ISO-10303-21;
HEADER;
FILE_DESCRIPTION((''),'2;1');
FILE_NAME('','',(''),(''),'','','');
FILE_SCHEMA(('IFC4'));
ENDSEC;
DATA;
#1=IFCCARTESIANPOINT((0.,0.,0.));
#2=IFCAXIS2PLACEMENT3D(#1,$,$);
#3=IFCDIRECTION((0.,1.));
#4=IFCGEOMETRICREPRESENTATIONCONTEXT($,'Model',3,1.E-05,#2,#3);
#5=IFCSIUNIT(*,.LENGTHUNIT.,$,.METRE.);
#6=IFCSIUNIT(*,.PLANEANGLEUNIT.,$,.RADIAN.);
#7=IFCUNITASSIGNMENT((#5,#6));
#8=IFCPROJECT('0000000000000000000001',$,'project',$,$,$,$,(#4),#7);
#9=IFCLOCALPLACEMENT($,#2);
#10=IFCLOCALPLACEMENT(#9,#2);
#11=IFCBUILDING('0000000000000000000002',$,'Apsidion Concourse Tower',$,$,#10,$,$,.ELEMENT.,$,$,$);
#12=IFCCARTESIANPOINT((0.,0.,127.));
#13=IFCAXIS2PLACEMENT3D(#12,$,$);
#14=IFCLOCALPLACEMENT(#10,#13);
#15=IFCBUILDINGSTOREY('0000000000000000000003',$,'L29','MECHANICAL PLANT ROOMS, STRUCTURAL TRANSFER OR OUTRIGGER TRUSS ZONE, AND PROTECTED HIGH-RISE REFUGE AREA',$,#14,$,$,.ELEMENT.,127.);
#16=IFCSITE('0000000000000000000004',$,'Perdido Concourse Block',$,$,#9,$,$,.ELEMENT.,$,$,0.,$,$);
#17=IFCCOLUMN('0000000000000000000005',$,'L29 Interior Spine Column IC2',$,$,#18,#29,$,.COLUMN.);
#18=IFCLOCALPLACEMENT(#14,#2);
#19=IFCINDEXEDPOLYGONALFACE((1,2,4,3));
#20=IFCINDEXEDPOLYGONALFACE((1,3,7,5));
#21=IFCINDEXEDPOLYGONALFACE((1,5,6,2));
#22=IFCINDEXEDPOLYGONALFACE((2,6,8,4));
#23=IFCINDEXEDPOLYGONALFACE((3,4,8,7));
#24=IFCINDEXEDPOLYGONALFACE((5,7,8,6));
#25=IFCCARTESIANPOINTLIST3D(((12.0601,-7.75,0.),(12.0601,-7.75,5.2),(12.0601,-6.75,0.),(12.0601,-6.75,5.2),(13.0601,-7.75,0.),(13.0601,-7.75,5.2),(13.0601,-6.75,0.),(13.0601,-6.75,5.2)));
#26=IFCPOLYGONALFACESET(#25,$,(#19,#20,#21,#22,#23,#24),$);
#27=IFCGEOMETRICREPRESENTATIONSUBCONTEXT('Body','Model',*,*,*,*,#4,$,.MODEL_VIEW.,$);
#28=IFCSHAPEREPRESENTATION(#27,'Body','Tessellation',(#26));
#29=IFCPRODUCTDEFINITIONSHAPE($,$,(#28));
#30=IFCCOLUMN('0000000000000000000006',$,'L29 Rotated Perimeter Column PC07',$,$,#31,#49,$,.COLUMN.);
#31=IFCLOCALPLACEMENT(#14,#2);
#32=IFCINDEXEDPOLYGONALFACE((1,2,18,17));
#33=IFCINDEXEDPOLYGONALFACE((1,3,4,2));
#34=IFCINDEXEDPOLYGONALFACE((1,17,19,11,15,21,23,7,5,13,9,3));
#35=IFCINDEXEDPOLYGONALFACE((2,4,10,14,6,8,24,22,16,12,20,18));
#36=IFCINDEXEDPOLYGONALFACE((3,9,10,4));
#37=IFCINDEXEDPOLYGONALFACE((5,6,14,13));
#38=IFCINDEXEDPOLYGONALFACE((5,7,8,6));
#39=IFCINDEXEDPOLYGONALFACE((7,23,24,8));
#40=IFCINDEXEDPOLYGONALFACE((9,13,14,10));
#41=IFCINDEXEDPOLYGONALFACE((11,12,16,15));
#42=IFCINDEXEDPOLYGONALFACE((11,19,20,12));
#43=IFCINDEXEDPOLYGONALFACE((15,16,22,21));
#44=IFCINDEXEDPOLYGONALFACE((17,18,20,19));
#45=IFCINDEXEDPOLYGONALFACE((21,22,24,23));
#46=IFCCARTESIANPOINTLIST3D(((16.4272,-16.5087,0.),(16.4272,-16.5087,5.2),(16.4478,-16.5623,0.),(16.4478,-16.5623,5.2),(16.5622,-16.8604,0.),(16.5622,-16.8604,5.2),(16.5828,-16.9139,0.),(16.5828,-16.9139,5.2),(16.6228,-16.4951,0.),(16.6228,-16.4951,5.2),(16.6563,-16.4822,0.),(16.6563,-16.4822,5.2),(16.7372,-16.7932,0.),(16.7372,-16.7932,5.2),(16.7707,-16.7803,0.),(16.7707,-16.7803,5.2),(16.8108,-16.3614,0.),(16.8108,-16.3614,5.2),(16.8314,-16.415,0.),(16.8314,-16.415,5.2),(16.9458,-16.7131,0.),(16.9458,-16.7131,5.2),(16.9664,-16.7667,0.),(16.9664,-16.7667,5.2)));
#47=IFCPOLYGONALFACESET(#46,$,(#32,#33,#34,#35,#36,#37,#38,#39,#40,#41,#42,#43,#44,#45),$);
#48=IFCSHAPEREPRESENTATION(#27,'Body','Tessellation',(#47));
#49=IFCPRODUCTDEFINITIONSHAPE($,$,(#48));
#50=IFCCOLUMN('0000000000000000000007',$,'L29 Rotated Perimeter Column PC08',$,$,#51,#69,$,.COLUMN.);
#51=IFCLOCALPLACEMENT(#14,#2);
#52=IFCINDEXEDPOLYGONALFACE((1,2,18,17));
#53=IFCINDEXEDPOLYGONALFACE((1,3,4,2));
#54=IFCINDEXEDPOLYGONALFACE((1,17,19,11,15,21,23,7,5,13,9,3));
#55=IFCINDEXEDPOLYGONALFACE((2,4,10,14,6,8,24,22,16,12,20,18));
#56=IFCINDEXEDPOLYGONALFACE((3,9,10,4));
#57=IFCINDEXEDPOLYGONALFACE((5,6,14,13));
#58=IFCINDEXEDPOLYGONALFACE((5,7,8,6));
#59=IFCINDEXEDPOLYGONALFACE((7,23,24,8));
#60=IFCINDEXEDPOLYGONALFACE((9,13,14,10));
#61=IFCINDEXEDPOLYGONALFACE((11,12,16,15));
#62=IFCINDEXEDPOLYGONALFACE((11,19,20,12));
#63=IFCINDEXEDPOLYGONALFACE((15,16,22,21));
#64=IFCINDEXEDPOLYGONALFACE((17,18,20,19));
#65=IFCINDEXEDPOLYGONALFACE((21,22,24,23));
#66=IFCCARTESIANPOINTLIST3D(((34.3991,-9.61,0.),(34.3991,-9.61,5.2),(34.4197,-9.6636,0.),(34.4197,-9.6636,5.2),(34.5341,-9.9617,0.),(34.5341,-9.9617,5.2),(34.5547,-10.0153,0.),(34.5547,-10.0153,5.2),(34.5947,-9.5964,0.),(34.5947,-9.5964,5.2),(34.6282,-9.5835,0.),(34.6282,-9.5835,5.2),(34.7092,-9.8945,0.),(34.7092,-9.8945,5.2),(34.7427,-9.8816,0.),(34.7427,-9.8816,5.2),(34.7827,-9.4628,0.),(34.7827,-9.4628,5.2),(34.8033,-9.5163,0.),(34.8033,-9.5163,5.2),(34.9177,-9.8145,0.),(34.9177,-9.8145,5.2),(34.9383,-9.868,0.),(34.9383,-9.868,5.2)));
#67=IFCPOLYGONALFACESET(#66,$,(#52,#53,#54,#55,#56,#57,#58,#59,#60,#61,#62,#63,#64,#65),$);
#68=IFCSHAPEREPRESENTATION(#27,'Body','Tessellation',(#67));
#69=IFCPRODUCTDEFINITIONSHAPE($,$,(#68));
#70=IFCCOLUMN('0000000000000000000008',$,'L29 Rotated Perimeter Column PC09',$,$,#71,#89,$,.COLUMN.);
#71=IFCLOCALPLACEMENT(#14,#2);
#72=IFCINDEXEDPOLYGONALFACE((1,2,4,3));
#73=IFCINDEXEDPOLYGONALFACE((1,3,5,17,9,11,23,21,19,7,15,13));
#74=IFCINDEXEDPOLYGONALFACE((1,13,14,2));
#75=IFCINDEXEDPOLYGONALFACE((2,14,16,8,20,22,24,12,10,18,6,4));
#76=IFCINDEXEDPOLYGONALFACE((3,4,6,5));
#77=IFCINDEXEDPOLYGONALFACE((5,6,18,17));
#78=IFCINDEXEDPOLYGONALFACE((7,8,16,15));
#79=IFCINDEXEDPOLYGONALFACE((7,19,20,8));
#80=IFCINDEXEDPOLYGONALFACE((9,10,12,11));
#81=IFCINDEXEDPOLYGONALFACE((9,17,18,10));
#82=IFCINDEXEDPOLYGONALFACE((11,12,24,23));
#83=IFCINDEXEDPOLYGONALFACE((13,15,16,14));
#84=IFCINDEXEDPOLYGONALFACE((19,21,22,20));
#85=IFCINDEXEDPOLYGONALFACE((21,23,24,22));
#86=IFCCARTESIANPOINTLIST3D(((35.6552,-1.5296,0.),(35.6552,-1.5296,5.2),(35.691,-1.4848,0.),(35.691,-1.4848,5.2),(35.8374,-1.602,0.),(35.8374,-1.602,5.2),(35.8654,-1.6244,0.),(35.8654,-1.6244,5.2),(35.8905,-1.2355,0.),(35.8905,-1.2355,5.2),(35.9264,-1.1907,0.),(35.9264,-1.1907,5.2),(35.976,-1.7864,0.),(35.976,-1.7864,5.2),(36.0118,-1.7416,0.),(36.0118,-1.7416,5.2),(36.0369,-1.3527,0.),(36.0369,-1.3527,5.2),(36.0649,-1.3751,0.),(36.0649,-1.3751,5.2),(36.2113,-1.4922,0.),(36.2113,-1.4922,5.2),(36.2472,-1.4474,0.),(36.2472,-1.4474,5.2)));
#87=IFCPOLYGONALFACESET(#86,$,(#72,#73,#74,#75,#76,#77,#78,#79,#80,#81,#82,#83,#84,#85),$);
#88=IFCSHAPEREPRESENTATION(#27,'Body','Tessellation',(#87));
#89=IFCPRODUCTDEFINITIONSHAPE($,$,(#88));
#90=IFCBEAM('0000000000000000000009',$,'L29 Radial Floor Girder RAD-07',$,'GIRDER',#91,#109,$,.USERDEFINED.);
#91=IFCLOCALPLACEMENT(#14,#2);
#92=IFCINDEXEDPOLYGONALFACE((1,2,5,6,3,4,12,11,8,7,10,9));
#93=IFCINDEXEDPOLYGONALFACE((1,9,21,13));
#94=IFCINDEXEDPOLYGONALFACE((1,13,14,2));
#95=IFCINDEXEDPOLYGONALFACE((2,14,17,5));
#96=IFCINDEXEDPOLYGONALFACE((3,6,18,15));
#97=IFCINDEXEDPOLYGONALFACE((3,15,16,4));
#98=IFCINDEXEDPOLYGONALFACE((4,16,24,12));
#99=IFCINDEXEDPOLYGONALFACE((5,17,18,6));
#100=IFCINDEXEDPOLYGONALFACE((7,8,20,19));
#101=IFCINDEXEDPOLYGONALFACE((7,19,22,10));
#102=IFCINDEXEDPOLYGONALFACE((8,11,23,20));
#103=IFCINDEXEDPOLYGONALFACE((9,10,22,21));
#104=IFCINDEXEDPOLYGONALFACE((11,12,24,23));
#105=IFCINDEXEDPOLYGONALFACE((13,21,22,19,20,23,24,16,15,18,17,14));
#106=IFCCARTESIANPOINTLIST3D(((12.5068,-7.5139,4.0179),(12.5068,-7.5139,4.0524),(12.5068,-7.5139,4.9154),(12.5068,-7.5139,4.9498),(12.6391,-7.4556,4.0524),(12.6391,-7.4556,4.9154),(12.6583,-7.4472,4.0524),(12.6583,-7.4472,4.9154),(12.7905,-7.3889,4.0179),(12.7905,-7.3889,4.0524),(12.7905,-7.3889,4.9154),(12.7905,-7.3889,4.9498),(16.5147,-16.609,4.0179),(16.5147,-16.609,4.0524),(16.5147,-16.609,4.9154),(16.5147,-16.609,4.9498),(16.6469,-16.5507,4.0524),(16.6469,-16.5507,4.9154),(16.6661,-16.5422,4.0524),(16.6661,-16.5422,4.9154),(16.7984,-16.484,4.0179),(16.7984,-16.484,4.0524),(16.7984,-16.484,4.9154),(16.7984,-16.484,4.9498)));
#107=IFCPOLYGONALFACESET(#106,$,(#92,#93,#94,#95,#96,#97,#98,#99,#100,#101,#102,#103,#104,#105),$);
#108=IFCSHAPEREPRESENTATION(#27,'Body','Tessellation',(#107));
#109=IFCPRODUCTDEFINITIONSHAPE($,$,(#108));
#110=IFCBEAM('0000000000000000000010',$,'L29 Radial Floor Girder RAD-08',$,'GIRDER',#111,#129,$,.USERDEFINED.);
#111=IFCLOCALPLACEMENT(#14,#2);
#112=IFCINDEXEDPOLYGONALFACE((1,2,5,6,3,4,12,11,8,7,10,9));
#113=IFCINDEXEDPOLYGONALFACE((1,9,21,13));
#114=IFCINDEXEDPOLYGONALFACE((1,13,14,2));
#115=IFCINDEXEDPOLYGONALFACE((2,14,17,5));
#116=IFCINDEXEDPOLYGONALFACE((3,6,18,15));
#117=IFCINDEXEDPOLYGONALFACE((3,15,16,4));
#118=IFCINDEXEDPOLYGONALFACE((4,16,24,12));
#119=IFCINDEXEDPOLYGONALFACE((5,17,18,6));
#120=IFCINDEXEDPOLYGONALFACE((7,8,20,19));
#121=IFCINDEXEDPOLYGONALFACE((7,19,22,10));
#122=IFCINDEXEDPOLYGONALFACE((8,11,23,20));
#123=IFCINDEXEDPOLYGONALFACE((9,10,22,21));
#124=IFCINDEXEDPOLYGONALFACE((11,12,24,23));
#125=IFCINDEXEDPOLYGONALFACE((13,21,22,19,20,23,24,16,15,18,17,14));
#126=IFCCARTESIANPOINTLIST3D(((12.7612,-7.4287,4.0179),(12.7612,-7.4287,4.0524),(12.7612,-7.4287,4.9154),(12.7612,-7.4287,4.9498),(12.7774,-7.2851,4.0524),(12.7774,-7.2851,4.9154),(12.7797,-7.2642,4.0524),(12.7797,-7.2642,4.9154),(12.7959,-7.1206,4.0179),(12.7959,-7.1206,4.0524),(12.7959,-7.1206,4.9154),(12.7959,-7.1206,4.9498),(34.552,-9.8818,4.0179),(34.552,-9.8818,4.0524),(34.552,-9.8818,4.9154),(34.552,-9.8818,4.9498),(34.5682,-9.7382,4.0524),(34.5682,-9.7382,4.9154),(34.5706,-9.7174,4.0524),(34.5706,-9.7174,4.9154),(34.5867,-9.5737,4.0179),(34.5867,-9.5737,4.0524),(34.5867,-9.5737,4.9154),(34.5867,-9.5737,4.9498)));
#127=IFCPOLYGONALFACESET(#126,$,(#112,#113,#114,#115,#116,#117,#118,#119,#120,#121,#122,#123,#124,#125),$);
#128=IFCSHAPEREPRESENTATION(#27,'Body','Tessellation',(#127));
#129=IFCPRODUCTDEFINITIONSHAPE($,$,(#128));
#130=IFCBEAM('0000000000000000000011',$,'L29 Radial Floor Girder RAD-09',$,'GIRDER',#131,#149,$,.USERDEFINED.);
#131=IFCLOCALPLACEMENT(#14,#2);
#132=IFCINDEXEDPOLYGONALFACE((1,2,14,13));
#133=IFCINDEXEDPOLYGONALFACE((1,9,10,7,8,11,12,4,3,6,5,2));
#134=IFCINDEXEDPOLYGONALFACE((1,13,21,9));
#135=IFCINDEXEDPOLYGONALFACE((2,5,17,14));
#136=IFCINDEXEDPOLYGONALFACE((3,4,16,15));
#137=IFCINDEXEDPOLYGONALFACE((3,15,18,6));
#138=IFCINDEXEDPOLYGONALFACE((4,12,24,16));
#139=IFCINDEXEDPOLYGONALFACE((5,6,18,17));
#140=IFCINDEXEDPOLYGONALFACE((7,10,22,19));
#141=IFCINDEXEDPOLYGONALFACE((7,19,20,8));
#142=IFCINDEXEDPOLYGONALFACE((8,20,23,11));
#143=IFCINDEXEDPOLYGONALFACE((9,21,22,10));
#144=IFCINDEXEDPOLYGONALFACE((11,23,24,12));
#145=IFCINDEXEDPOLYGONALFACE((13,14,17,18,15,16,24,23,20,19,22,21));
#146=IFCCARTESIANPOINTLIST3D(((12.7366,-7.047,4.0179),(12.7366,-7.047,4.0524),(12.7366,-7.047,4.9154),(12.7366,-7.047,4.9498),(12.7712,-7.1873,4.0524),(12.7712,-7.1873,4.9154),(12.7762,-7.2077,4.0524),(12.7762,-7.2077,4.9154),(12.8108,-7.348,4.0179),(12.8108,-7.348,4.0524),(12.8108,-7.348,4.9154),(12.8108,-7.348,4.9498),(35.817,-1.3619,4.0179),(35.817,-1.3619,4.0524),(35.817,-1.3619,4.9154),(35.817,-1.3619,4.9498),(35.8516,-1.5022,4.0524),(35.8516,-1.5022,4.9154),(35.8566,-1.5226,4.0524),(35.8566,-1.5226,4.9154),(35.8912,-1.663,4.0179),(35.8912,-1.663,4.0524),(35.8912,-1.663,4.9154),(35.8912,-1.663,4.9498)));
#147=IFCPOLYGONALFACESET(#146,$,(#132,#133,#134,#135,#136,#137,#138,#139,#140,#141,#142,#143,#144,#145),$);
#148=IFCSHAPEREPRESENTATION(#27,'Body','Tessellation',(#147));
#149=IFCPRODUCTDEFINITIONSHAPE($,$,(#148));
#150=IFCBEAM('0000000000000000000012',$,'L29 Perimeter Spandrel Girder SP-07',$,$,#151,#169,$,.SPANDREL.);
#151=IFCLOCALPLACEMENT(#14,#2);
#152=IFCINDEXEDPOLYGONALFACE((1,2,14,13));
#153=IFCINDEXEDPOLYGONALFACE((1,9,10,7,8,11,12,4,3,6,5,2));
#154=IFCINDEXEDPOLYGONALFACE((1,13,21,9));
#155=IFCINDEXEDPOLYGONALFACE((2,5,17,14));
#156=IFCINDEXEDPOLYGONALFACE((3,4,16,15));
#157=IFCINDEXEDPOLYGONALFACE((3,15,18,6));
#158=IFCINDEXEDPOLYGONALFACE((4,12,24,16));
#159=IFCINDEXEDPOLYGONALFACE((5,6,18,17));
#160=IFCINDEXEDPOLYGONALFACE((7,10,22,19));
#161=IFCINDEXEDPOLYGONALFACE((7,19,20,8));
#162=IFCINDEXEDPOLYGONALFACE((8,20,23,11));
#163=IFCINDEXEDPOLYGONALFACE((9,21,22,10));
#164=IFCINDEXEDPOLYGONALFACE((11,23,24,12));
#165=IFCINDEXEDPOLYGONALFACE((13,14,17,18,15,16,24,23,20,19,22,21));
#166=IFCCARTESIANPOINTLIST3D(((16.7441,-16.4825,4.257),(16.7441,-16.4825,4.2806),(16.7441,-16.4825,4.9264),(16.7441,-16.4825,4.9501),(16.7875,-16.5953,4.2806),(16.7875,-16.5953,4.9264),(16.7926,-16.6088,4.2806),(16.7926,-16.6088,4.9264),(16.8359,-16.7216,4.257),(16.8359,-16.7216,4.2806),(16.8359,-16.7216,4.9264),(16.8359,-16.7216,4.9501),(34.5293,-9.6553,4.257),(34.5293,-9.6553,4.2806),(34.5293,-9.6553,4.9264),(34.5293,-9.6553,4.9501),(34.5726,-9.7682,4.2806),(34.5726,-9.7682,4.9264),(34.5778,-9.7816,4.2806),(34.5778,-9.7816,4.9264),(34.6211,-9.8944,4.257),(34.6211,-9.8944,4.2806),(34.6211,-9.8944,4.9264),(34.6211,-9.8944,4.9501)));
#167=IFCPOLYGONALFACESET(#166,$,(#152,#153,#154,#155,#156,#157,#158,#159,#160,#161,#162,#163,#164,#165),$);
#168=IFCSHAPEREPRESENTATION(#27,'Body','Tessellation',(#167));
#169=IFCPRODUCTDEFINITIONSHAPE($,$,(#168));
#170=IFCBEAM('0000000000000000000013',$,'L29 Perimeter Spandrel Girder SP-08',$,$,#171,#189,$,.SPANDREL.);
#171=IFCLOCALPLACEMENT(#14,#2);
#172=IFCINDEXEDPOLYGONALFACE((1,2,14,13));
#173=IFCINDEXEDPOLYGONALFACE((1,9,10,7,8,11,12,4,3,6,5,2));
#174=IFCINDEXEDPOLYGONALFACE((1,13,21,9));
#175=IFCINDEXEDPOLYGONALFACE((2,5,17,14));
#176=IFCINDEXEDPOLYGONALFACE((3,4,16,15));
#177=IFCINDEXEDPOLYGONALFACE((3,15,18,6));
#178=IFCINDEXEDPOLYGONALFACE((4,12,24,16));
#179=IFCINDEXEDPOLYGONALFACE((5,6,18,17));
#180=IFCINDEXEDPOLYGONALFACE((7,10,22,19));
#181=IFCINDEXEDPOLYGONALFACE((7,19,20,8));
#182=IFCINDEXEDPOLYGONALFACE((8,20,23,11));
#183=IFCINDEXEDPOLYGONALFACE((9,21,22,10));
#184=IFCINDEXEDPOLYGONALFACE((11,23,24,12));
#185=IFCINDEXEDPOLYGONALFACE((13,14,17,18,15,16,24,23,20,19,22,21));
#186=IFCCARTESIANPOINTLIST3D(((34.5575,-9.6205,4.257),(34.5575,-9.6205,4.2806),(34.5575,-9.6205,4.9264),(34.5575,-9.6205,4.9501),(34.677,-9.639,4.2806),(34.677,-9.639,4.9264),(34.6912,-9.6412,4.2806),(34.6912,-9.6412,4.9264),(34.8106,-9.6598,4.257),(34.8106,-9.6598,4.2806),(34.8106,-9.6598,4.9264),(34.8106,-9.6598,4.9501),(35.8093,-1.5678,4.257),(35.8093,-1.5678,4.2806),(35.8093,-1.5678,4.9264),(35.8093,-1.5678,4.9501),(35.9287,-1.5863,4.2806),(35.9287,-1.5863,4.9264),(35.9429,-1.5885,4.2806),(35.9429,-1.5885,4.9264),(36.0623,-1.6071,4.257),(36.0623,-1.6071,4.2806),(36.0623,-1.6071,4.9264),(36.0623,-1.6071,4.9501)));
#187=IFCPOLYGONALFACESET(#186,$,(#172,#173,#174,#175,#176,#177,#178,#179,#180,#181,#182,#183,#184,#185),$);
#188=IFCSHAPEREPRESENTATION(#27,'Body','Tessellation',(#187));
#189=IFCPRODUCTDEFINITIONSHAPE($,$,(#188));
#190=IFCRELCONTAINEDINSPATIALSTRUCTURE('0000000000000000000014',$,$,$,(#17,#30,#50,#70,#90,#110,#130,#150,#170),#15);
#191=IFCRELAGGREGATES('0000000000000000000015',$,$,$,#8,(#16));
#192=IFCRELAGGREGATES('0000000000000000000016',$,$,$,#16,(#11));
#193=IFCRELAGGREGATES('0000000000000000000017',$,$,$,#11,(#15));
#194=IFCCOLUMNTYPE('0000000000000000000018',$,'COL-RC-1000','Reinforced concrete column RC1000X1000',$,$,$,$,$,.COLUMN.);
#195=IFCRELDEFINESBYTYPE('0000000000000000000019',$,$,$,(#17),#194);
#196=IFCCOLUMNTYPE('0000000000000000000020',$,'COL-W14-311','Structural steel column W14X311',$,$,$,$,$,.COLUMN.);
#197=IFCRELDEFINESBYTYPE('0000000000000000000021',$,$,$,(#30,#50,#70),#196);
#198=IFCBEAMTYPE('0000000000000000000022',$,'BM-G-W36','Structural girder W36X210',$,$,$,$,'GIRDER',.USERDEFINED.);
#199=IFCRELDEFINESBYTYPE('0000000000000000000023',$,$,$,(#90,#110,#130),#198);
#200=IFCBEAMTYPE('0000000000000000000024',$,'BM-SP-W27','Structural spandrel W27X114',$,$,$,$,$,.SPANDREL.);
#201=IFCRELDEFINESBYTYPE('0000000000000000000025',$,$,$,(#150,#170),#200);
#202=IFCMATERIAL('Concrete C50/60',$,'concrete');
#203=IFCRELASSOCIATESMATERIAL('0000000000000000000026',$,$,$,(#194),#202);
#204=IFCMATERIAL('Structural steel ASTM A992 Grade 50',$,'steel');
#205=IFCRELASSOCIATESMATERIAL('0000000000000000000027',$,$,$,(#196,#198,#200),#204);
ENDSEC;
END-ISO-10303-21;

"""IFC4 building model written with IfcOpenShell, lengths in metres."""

from ifc_helpers import new_model, si_unit, direction, frame, origin, origin_2d, place, context, subcontext, project, spatial, rectangle, i_section, extrude, material, material_profile, profile_set, type_object, element, save


model = new_model("IFC4")

# Units and contexts
model_context = context("Model", 3, precision=1e-05, world=origin(), true_north=direction((0.0, 1.0)))
body_context = subcontext(model_context, "Body", "Model", "MODEL_VIEW")
ifc_project = project(units=[si_unit("LENGTHUNIT", "METRE"), si_unit("PLANEANGLEUNIT", "RADIAN")], contexts=[model_context])

# Site, building, storey
site_placement = place(None, origin())
site = spatial("IfcSite", under=ifc_project, at=site_placement, Name="Perdido Concourse Block", CompositionType="ELEMENT", RefElevation=0.0)
building_placement = place(site_placement, origin())
building = spatial("IfcBuilding", under=site, at=building_placement, Name="Apsidion Concourse Tower", CompositionType="ELEMENT")
storey_placement = place(building_placement, frame((0.0, 0.0, 127.0)))
storey = spatial("IfcBuildingStorey", under=building, at=storey_placement, Name="L29", Description="MECHANICAL PLANT ROOMS, STRUCTURAL TRANSFER OR OUTRIGGER TRUSS ZONE, AND PROTECTED HIGH-RISE REFUGE AREA", CompositionType="ELEMENT", Elevation=127.0)

# Columns
ifc_material_1 = material(Name="Concrete C50/60", Category="concrete")
ifc_material_profile_1 = material_profile(ifc_material_1, rectangle(XDim=1.0, YDim=1.0, at=origin_2d()), Name="RC 1000x1000")
ifc_profile_set_1 = profile_set([ifc_material_profile_1], Name="Concrete C50/60")
column_type_1 = type_object("IfcColumnType", Name="COL-RC-1000", Description="Reinforced concrete column RC1000X1000", PredefinedType="COLUMN", material=ifc_profile_set_1)
column_placement = place(storey_placement, frame((12.5601, -7.25, 0.0), z_axis=(0.0, 0.0, 1.0), x_axis=(1.0, 0.0, 0.0)))
element("IfcColumn", 1, at=column_placement, inside=storey, type_object=column_type_1, Name="L29 Interior Spine Column IC2", PredefinedType="COLUMN", context=body_context, shape_type="SweptSolid", body=[
    extrude(rectangle(XDim=1.0, YDim=1.0, at=origin_2d()), origin(), (0.0, 0.0, 1.0), 5.2),
])
ifc_material_2 = material(Name="Structural steel ASTM A992 Grade 50", Category="steel")
ifc_material_profile_2 = material_profile(ifc_material_2, i_section(OverallWidth=0.4109, OverallDepth=0.4341, WebThickness=0.0359, FlangeThickness=0.0574, at=origin_2d()), Name="W14X311")
ifc_profile_set_2 = profile_set([ifc_material_profile_2], Name="Structural steel ASTM A992 Grade 50")
column_type_2 = type_object("IfcColumnType", Name="COL-W14-311", Description="Structural steel column W14X311", PredefinedType="COLUMN", material=ifc_profile_set_2)
for number, where, z_axis, x_axis, name in (
    (2, (16.6968, -16.6377, 0.0), (0.0, 0.0, 1.0), (0.93358, 0.358368, 0.0), "L29 Rotated Perimeter Column PC07"),
    (3, (34.6687, -9.739, 0.0), (0.0, 0.0, 1.0), (0.93358, 0.358368, 0.0), "L29 Rotated Perimeter Column PC08"),
    (4, (35.9512, -1.4885, 0.0), (0.0, 0.0, 1.0), (-0.780758, 0.624834, 0.0), "L29 Rotated Perimeter Column PC09"),
):
    element("IfcColumn", number, at=place(storey_placement, frame(where, z_axis=z_axis, x_axis=x_axis)), inside=storey, type_object=column_type_2, Name=name, PredefinedType="COLUMN", context=body_context, shape_type="SweptSolid", body=[
        extrude(i_section(OverallWidth=0.4109, OverallDepth=0.4341, WebThickness=0.0359, FlangeThickness=0.0574, at=origin_2d()), origin(), (0.0, 0.0, 1.0), 5.2),
    ])

# Beams
ifc_material_profile_3 = material_profile(ifc_material_2, i_section(OverallWidth=0.3101, OverallDepth=0.9319, WebThickness=0.021, FlangeThickness=0.0344, at=origin_2d()), Name="W36X210")
ifc_profile_set_3 = profile_set([ifc_material_profile_3], Name="Structural steel ASTM A992 Grade 50")
beam_type_1 = type_object("IfcBeamType", Name="BM-G-W36", Description="Structural girder W36X210", ElementType="GIRDER", PredefinedType="USERDEFINED", material=ifc_profile_set_3)
beam_1_placement = place(storey_placement, frame((12.6487, -7.4514, 4.4839), z_axis=(0.403246, -0.915091, 0.0), x_axis=(0.915091, 0.403246, 0.0)))
element("IfcBeam", 5, at=beam_1_placement, inside=storey, type_object=beam_type_1, Name="L29 Radial Floor Girder RAD-07", ObjectType="GIRDER", PredefinedType="USERDEFINED", context=body_context, shape_type="SweptSolid", body=[
    extrude(i_section(OverallWidth=0.3101, OverallDepth=0.9319, WebThickness=0.021, FlangeThickness=0.0344, at=origin_2d()), origin(), (0.0, 0.0, 1.0), 9.939),
])
beam_2_placement = place(storey_placement, frame((12.7786, -7.2747, 4.4839), z_axis=(0.993723, -0.11187, 0.0), x_axis=(0.11187, 0.993723, 0.0)))
element("IfcBeam", 6, at=beam_2_placement, inside=storey, type_object=beam_type_1, Name="L29 Radial Floor Girder RAD-08", ObjectType="GIRDER", PredefinedType="USERDEFINED", context=body_context, shape_type="SweptSolid", body=[
    extrude(i_section(OverallWidth=0.3101, OverallDepth=0.9319, WebThickness=0.021, FlangeThickness=0.0344, at=origin_2d()), origin(), (0.0, 0.0, 1.0), 21.9285),
])
beam_3_placement = place(storey_placement, frame((12.7737, -7.1975, 4.4839), z_axis=(0.970978, 0.239168, 0.0), x_axis=(-0.239168, 0.970978, 0.0)))
element("IfcBeam", 7, at=beam_3_placement, inside=storey, type_object=beam_type_1, Name="L29 Radial Floor Girder RAD-09", ObjectType="GIRDER", PredefinedType="USERDEFINED", context=body_context, shape_type="SweptSolid", body=[
    extrude(i_section(OverallWidth=0.3101, OverallDepth=0.9319, WebThickness=0.021, FlangeThickness=0.0344, at=origin_2d()), origin(), (0.0, 0.0, 1.0), 23.7703),
])
ifc_material_profile_4 = material_profile(ifc_material_2, i_section(OverallWidth=0.2561, OverallDepth=0.6931, WebThickness=0.0144, FlangeThickness=0.0237, at=origin_2d()), Name="W27X114")
ifc_profile_set_4 = profile_set([ifc_material_profile_4], Name="Structural steel ASTM A992 Grade 50")
beam_type_2 = type_object("IfcBeamType", Name="BM-SP-W27", Description="Structural spandrel W27X114", PredefinedType="SPANDREL", material=ifc_profile_set_4)
beam_4_placement = place(storey_placement, frame((16.79, -16.6021, 4.6035), z_axis=(0.933579, 0.358371, 0.0), x_axis=(-0.358371, 0.933579, 0.0)))
element("IfcBeam", 8, at=beam_4_placement, inside=storey, type_object=beam_type_2, Name="L29 Perimeter Spandrel Girder SP-07", PredefinedType="SPANDREL", context=body_context, shape_type="SweptSolid", body=[
    extrude(i_section(OverallWidth=0.2561, OverallDepth=0.6931, WebThickness=0.0144, FlangeThickness=0.0237, at=origin_2d()), origin(), (0.0, 0.0, 1.0), 19.0505),
])
beam_5_placement = place(storey_placement, frame((34.6841, -9.6401, 4.6035), z_axis=(0.153595, 0.988134, 0.0), x_axis=(-0.988134, 0.153595, 0.0)))
element("IfcBeam", 9, at=beam_5_placement, inside=storey, type_object=beam_type_2, Name="L29 Perimeter Spandrel Girder SP-08", PredefinedType="SPANDREL", context=body_context, shape_type="SweptSolid", body=[
    extrude(i_section(OverallWidth=0.2561, OverallDepth=0.6931, WebThickness=0.0144, FlangeThickness=0.0237, at=origin_2d()), origin(), (0.0, 0.0, 1.0), 8.1494),
])

save(model, "model.ifc")
